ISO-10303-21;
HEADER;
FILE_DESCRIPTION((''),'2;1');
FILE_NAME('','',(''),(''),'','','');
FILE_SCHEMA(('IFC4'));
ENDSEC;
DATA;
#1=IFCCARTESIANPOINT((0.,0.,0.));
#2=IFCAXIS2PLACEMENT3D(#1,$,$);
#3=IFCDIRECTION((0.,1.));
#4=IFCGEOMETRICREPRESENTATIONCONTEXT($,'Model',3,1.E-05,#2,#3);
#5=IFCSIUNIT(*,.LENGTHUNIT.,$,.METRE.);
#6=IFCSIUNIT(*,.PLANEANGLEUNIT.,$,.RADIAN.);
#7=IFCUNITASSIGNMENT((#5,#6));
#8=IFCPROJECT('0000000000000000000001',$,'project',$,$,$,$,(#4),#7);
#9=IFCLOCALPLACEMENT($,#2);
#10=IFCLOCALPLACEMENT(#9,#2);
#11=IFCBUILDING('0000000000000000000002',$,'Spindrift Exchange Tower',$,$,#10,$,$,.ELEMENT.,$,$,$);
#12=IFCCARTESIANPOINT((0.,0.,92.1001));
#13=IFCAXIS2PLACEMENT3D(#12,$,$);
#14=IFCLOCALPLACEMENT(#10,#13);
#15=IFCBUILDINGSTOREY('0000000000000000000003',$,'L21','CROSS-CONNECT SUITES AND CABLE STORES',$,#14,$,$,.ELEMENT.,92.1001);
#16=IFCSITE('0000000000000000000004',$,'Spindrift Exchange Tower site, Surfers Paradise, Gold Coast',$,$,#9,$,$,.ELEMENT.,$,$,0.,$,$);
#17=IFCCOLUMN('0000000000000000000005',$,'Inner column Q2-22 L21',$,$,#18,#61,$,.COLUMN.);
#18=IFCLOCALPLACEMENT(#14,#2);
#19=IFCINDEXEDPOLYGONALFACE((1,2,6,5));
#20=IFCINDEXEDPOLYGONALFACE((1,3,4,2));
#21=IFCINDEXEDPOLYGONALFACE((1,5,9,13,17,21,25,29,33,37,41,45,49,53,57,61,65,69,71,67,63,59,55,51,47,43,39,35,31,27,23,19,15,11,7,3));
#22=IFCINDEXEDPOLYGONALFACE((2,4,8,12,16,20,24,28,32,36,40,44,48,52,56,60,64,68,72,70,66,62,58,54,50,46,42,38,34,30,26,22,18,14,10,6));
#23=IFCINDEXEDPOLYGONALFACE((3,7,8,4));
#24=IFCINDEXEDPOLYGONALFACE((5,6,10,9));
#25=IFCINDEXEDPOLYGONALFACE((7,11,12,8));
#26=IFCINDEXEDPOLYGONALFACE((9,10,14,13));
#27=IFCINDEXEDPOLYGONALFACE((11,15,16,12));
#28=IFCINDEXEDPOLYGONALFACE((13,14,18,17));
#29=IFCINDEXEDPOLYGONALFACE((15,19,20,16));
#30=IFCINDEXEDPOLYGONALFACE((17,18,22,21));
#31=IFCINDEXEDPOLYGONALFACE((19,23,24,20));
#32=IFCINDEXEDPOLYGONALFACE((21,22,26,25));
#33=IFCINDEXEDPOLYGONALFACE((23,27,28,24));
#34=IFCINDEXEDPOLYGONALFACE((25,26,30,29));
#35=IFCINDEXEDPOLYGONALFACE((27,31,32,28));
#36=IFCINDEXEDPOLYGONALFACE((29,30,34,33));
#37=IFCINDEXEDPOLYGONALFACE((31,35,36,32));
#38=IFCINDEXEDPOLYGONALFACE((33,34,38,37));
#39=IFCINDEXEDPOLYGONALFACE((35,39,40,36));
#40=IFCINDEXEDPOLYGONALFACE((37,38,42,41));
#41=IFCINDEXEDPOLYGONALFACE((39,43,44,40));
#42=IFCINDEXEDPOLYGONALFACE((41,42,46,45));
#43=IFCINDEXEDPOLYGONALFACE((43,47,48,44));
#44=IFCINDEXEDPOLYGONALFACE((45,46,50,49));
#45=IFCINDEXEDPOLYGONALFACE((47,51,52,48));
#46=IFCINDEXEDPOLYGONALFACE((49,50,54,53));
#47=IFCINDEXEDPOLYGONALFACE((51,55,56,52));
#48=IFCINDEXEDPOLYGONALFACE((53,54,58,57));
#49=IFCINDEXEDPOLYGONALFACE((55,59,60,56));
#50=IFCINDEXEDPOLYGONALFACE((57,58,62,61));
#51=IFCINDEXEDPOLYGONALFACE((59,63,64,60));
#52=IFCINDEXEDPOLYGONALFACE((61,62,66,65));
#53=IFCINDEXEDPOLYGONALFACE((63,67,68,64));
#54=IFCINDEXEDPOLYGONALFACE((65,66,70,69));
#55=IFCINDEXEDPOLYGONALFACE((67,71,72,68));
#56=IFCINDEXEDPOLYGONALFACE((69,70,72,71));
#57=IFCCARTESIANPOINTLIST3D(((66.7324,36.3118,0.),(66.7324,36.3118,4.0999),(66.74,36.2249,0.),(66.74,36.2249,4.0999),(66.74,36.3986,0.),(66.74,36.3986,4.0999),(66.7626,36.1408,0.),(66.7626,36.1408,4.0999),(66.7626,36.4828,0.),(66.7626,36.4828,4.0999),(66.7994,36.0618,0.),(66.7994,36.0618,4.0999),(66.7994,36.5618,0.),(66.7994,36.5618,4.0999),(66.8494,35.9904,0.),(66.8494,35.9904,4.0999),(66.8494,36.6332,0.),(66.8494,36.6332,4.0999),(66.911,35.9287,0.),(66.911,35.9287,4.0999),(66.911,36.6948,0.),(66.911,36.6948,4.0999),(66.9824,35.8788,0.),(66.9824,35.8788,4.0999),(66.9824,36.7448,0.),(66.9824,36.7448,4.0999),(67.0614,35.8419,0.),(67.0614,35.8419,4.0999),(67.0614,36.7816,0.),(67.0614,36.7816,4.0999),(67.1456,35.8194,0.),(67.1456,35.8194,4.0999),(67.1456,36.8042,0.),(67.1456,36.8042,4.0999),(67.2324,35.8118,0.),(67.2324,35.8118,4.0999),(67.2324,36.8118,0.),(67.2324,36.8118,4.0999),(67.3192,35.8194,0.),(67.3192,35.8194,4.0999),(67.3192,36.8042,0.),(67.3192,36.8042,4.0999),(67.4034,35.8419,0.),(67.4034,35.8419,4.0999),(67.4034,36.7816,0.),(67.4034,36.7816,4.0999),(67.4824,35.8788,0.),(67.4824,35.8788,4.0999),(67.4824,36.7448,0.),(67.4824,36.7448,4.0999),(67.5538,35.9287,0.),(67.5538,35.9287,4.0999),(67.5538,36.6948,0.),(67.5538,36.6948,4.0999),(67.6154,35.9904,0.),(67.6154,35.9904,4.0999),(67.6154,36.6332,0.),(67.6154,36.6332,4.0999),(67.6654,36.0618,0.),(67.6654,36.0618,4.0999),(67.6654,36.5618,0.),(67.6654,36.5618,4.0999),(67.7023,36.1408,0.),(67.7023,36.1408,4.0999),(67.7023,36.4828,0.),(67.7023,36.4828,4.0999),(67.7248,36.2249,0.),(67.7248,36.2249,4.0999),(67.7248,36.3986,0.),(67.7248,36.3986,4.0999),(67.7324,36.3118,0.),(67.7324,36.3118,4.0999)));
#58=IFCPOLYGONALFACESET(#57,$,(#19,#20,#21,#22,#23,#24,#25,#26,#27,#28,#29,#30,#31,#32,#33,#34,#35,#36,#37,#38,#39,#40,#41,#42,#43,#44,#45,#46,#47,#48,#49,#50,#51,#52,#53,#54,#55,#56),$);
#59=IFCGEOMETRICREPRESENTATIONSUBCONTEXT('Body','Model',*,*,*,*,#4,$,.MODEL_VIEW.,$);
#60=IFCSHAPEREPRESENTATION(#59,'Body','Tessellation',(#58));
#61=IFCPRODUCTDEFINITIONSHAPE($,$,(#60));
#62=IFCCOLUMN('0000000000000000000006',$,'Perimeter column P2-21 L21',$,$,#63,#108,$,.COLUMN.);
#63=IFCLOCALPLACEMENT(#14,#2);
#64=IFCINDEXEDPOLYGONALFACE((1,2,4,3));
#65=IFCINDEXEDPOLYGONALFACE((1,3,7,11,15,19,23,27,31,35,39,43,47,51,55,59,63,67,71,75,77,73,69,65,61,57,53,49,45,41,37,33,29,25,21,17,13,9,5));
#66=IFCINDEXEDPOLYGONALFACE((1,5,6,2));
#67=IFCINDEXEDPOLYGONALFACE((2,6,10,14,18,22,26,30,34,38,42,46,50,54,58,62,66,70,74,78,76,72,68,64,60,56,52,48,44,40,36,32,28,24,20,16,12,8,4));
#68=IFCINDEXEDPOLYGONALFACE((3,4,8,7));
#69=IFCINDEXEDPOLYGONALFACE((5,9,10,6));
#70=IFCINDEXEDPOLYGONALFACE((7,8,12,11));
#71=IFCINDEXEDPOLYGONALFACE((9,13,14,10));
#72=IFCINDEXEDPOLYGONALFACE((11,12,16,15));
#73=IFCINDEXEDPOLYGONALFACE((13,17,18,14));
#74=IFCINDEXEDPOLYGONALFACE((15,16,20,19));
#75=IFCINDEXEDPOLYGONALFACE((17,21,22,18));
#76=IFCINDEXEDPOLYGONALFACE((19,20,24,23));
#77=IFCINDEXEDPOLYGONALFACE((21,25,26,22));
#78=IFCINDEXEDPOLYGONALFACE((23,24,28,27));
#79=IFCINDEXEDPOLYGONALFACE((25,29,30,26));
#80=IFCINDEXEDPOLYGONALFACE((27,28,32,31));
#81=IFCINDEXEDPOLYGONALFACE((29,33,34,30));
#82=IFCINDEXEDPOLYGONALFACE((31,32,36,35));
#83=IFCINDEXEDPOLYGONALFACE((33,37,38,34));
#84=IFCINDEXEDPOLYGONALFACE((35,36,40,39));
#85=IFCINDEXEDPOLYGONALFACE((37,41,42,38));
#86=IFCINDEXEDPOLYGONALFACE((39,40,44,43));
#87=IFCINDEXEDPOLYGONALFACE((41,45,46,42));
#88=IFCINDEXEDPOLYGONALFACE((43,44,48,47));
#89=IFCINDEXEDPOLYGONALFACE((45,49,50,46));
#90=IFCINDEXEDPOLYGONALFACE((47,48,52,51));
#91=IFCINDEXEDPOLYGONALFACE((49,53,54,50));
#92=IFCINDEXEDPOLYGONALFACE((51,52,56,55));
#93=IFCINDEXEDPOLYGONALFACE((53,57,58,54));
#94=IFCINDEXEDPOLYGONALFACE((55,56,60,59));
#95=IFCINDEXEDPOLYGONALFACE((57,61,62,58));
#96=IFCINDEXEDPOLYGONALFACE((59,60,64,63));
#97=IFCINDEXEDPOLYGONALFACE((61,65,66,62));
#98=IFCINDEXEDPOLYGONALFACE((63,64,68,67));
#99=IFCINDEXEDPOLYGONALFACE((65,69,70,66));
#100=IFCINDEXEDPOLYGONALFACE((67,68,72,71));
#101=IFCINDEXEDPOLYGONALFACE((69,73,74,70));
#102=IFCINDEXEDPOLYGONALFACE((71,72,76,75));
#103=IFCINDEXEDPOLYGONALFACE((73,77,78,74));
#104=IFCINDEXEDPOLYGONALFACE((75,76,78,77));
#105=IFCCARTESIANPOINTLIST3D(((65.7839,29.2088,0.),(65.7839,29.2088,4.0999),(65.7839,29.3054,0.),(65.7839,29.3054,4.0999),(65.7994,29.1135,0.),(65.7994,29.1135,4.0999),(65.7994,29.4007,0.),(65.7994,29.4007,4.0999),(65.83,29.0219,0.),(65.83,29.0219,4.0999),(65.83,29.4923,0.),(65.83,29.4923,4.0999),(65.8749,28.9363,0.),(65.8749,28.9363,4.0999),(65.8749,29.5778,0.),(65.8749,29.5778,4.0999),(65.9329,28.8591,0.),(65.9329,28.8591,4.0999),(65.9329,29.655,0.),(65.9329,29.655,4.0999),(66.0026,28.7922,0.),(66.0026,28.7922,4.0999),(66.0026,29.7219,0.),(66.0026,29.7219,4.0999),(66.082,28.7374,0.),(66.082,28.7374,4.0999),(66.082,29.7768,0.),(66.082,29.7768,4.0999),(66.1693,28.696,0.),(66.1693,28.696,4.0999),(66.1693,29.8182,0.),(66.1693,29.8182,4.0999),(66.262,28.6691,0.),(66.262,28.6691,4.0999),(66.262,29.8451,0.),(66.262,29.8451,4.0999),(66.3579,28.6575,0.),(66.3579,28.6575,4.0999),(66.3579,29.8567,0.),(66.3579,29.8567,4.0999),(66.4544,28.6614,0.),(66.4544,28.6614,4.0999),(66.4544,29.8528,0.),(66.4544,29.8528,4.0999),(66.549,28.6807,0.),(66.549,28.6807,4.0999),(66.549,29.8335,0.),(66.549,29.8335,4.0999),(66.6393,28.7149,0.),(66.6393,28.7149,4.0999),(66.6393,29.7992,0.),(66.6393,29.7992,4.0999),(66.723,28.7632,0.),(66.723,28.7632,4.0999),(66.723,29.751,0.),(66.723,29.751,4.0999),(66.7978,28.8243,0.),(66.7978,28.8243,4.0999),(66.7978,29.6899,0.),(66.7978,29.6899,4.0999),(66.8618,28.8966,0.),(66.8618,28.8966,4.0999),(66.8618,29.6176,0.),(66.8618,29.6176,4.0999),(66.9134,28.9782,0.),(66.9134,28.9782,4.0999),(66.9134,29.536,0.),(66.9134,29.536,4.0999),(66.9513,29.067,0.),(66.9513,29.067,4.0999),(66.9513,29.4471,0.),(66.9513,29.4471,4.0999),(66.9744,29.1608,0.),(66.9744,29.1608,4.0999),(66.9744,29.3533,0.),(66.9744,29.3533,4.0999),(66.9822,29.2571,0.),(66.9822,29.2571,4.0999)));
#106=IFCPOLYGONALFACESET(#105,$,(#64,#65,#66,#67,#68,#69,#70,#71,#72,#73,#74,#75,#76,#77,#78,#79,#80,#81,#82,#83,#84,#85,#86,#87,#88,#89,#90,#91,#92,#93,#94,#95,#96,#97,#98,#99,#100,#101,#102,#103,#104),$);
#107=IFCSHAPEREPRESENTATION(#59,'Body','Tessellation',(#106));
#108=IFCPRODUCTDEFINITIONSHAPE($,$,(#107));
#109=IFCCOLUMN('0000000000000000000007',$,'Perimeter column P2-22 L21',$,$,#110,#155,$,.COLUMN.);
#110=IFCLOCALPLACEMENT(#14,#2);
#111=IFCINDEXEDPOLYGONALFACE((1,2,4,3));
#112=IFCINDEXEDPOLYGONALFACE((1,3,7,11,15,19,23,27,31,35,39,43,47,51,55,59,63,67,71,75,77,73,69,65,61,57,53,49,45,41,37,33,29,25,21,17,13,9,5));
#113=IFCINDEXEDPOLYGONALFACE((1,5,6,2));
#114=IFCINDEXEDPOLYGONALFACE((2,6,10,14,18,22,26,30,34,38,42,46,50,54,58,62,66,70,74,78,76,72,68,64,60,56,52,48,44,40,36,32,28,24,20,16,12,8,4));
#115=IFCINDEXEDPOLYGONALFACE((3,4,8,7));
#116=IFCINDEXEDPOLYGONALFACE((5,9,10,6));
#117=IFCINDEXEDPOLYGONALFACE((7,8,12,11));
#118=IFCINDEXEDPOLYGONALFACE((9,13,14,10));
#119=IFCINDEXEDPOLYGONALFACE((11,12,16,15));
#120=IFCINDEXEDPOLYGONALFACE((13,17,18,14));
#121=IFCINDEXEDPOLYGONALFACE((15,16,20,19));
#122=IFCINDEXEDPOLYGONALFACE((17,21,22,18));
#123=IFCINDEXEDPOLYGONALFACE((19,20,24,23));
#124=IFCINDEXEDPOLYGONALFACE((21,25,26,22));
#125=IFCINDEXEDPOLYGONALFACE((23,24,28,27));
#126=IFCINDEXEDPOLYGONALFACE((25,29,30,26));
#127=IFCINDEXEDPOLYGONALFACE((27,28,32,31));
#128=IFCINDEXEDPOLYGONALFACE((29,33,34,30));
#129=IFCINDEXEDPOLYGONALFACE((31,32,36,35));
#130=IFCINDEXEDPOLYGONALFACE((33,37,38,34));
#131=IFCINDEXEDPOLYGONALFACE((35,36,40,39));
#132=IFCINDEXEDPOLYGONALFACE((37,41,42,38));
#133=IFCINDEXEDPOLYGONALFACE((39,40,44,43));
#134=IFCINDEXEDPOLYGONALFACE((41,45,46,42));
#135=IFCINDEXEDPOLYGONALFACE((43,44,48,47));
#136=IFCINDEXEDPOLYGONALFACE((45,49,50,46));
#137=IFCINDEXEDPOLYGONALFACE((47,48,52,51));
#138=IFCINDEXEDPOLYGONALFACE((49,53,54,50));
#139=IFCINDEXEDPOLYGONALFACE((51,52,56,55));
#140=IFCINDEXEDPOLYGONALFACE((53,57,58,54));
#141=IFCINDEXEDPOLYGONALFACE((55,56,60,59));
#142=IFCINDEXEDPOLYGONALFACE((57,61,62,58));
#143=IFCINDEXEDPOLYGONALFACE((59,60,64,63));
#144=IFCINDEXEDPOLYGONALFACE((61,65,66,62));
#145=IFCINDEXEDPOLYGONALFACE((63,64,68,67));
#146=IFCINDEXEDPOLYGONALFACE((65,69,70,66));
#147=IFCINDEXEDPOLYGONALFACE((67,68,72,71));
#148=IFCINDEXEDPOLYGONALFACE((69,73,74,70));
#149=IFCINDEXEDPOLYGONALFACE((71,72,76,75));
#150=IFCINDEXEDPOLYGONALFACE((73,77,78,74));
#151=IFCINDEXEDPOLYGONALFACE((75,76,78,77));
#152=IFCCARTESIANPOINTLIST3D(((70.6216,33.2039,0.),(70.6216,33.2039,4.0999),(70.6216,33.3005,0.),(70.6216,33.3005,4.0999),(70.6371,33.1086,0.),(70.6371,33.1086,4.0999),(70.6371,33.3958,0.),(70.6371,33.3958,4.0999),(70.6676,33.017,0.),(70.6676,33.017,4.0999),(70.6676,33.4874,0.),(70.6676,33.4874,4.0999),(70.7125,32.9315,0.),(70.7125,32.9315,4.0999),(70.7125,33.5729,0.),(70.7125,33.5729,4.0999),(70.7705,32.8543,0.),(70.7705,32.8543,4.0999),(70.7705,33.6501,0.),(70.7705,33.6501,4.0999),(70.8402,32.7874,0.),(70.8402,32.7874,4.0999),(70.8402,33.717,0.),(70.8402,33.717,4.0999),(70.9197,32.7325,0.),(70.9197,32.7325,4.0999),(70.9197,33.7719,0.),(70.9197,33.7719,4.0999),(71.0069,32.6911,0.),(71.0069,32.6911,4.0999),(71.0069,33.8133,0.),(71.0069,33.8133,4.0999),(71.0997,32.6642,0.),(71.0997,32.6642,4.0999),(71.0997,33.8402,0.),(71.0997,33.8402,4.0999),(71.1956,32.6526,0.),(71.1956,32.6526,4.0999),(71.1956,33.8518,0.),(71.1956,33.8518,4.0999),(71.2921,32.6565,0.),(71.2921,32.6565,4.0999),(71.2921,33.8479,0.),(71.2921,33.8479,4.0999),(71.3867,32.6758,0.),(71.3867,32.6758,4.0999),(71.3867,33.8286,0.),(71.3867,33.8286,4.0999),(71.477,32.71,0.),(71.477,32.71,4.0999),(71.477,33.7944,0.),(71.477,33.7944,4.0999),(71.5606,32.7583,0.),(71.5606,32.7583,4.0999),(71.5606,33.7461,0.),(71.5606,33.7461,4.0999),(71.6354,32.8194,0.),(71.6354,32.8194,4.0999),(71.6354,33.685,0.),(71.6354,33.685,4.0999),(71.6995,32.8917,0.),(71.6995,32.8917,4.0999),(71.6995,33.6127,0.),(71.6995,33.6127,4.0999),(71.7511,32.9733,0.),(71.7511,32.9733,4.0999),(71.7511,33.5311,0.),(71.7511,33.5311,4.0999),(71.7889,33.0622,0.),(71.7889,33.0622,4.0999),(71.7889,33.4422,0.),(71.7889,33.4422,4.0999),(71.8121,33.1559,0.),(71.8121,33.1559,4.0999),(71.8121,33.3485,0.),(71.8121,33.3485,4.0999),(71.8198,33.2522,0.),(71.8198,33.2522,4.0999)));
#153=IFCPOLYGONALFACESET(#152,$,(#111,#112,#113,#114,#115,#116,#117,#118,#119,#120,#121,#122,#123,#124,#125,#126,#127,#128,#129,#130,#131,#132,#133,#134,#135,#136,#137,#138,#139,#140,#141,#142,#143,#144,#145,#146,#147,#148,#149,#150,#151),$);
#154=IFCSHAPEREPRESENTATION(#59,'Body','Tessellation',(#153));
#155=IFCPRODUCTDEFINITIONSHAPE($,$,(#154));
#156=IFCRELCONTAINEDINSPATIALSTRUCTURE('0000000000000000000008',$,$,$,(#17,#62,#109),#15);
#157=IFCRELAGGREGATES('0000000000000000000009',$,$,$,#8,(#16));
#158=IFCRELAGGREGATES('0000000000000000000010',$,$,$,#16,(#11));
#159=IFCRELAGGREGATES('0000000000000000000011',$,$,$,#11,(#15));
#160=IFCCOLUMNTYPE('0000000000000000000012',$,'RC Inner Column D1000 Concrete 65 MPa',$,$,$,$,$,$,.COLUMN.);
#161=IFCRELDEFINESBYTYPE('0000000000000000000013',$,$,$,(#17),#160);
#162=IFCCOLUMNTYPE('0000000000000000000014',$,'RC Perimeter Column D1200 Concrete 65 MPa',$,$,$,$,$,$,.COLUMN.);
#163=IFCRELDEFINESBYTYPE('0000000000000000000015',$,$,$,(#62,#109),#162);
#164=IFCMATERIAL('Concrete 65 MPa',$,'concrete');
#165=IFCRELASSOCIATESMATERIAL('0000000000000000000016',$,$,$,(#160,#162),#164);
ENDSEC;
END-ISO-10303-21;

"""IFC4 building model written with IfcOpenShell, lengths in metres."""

from ifc_helpers import new_model, si_unit, direction, frame, origin, origin_2d, place, context, subcontext, project, spatial, circle, extrude, source, transform, mapped, material, material_profile, profile_set, type_object, element, save


model = new_model("IFC4")

# Units and contexts
model_context = context("Model", 3, precision=1e-05, world=origin(), true_north=direction((0.0, 1.0)))
body_context = subcontext(model_context, "Body", "Model", "MODEL_VIEW")
ifc_project = project(units=[si_unit("LENGTHUNIT", "METRE"), si_unit("PLANEANGLEUNIT", "RADIAN")], contexts=[model_context])

# Site, building, storey
site_placement = place(None, origin())
site = spatial("IfcSite", under=ifc_project, at=site_placement, Name="Spindrift Exchange Tower site, Surfers Paradise, Gold Coast", CompositionType="ELEMENT", RefElevation=0.0)
building_placement = place(site_placement, origin())
building = spatial("IfcBuilding", under=site, at=building_placement, Name="Spindrift Exchange Tower", CompositionType="ELEMENT")
storey_placement = place(building_placement, frame((0.0, 0.0, 92.1001)))
storey = spatial("IfcBuildingStorey", under=building, at=storey_placement, Name="L21", Description="CROSS-CONNECT SUITES AND CABLE STORES", CompositionType="ELEMENT", Elevation=92.1001)

# Columns
ifc_material_1 = material(Name="Concrete 65 MPa", Category="concrete")
ifc_material_profile_1 = material_profile(ifc_material_1, circle(Radius=0.5, at=origin_2d()), Name="RC D1000")
ifc_profile_set_1 = profile_set([ifc_material_profile_1], Name="Concrete 65 MPa")
column_type_1 = type_object("IfcColumnType", Name="RC Inner Column D1000 Concrete 65 MPa", PredefinedType="COLUMN", material=ifc_profile_set_1)
shared_shape_1 = source(origin(), body_context, "Body", "SweptSolid", [
    extrude(circle(Radius=0.5, at=origin_2d()), origin(), (0.0, 0.0, 1.0), 4.0999),
])
column_placement = place(storey_placement, frame((67.2324, 36.3118, 0.0), z_axis=(0.0, 0.0, 1.0), x_axis=(1.0, 0.0, 0.0)))
element("IfcColumn", 1, at=column_placement, inside=storey, type_object=column_type_1, Name="Inner column Q2-22 L21", PredefinedType="COLUMN", context=body_context, shape_type="MappedRepresentation", body=[
    mapped(shared_shape_1, transform((0.0, 0.0, 0.0), scale=1.0)),
])
ifc_material_profile_2 = material_profile(ifc_material_1, circle(Radius=0.6001, at=origin_2d()), Name="RC D1200")
ifc_profile_set_2 = profile_set([ifc_material_profile_2], Name="Concrete 65 MPa")
column_type_2 = type_object("IfcColumnType", Name="RC Perimeter Column D1200 Concrete 65 MPa", PredefinedType="COLUMN", material=ifc_profile_set_2)
shared_shape_2 = source(origin(), body_context, "Body", "SweptSolid", [
    extrude(circle(Radius=0.6001, at=origin_2d()), origin(), (0.0, 0.0, 1.0), 4.0999),
])
for number, where, z_axis, x_axis, name in (
    (2, (66.3821, 29.2571, 0.0), (0.0, 0.0, 1.0), (1.0, 0.0, 0.0), "Perimeter column P2-21 L21"),
    (3, (71.2197, 33.2522, 0.0), (0.0, 0.0, 1.0), (1.0, 0.0, 0.0), "Perimeter column P2-22 L21"),
):
    element("IfcColumn", number, at=place(storey_placement, frame(where, z_axis=z_axis, x_axis=x_axis)), inside=storey, type_object=column_type_2, Name=name, PredefinedType="COLUMN", context=body_context, shape_type="MappedRepresentation", body=[
        mapped(shared_shape_2, transform((0.0, 0.0, 0.0), scale=1.0)),
    ])

save(model, "model.ifc")
